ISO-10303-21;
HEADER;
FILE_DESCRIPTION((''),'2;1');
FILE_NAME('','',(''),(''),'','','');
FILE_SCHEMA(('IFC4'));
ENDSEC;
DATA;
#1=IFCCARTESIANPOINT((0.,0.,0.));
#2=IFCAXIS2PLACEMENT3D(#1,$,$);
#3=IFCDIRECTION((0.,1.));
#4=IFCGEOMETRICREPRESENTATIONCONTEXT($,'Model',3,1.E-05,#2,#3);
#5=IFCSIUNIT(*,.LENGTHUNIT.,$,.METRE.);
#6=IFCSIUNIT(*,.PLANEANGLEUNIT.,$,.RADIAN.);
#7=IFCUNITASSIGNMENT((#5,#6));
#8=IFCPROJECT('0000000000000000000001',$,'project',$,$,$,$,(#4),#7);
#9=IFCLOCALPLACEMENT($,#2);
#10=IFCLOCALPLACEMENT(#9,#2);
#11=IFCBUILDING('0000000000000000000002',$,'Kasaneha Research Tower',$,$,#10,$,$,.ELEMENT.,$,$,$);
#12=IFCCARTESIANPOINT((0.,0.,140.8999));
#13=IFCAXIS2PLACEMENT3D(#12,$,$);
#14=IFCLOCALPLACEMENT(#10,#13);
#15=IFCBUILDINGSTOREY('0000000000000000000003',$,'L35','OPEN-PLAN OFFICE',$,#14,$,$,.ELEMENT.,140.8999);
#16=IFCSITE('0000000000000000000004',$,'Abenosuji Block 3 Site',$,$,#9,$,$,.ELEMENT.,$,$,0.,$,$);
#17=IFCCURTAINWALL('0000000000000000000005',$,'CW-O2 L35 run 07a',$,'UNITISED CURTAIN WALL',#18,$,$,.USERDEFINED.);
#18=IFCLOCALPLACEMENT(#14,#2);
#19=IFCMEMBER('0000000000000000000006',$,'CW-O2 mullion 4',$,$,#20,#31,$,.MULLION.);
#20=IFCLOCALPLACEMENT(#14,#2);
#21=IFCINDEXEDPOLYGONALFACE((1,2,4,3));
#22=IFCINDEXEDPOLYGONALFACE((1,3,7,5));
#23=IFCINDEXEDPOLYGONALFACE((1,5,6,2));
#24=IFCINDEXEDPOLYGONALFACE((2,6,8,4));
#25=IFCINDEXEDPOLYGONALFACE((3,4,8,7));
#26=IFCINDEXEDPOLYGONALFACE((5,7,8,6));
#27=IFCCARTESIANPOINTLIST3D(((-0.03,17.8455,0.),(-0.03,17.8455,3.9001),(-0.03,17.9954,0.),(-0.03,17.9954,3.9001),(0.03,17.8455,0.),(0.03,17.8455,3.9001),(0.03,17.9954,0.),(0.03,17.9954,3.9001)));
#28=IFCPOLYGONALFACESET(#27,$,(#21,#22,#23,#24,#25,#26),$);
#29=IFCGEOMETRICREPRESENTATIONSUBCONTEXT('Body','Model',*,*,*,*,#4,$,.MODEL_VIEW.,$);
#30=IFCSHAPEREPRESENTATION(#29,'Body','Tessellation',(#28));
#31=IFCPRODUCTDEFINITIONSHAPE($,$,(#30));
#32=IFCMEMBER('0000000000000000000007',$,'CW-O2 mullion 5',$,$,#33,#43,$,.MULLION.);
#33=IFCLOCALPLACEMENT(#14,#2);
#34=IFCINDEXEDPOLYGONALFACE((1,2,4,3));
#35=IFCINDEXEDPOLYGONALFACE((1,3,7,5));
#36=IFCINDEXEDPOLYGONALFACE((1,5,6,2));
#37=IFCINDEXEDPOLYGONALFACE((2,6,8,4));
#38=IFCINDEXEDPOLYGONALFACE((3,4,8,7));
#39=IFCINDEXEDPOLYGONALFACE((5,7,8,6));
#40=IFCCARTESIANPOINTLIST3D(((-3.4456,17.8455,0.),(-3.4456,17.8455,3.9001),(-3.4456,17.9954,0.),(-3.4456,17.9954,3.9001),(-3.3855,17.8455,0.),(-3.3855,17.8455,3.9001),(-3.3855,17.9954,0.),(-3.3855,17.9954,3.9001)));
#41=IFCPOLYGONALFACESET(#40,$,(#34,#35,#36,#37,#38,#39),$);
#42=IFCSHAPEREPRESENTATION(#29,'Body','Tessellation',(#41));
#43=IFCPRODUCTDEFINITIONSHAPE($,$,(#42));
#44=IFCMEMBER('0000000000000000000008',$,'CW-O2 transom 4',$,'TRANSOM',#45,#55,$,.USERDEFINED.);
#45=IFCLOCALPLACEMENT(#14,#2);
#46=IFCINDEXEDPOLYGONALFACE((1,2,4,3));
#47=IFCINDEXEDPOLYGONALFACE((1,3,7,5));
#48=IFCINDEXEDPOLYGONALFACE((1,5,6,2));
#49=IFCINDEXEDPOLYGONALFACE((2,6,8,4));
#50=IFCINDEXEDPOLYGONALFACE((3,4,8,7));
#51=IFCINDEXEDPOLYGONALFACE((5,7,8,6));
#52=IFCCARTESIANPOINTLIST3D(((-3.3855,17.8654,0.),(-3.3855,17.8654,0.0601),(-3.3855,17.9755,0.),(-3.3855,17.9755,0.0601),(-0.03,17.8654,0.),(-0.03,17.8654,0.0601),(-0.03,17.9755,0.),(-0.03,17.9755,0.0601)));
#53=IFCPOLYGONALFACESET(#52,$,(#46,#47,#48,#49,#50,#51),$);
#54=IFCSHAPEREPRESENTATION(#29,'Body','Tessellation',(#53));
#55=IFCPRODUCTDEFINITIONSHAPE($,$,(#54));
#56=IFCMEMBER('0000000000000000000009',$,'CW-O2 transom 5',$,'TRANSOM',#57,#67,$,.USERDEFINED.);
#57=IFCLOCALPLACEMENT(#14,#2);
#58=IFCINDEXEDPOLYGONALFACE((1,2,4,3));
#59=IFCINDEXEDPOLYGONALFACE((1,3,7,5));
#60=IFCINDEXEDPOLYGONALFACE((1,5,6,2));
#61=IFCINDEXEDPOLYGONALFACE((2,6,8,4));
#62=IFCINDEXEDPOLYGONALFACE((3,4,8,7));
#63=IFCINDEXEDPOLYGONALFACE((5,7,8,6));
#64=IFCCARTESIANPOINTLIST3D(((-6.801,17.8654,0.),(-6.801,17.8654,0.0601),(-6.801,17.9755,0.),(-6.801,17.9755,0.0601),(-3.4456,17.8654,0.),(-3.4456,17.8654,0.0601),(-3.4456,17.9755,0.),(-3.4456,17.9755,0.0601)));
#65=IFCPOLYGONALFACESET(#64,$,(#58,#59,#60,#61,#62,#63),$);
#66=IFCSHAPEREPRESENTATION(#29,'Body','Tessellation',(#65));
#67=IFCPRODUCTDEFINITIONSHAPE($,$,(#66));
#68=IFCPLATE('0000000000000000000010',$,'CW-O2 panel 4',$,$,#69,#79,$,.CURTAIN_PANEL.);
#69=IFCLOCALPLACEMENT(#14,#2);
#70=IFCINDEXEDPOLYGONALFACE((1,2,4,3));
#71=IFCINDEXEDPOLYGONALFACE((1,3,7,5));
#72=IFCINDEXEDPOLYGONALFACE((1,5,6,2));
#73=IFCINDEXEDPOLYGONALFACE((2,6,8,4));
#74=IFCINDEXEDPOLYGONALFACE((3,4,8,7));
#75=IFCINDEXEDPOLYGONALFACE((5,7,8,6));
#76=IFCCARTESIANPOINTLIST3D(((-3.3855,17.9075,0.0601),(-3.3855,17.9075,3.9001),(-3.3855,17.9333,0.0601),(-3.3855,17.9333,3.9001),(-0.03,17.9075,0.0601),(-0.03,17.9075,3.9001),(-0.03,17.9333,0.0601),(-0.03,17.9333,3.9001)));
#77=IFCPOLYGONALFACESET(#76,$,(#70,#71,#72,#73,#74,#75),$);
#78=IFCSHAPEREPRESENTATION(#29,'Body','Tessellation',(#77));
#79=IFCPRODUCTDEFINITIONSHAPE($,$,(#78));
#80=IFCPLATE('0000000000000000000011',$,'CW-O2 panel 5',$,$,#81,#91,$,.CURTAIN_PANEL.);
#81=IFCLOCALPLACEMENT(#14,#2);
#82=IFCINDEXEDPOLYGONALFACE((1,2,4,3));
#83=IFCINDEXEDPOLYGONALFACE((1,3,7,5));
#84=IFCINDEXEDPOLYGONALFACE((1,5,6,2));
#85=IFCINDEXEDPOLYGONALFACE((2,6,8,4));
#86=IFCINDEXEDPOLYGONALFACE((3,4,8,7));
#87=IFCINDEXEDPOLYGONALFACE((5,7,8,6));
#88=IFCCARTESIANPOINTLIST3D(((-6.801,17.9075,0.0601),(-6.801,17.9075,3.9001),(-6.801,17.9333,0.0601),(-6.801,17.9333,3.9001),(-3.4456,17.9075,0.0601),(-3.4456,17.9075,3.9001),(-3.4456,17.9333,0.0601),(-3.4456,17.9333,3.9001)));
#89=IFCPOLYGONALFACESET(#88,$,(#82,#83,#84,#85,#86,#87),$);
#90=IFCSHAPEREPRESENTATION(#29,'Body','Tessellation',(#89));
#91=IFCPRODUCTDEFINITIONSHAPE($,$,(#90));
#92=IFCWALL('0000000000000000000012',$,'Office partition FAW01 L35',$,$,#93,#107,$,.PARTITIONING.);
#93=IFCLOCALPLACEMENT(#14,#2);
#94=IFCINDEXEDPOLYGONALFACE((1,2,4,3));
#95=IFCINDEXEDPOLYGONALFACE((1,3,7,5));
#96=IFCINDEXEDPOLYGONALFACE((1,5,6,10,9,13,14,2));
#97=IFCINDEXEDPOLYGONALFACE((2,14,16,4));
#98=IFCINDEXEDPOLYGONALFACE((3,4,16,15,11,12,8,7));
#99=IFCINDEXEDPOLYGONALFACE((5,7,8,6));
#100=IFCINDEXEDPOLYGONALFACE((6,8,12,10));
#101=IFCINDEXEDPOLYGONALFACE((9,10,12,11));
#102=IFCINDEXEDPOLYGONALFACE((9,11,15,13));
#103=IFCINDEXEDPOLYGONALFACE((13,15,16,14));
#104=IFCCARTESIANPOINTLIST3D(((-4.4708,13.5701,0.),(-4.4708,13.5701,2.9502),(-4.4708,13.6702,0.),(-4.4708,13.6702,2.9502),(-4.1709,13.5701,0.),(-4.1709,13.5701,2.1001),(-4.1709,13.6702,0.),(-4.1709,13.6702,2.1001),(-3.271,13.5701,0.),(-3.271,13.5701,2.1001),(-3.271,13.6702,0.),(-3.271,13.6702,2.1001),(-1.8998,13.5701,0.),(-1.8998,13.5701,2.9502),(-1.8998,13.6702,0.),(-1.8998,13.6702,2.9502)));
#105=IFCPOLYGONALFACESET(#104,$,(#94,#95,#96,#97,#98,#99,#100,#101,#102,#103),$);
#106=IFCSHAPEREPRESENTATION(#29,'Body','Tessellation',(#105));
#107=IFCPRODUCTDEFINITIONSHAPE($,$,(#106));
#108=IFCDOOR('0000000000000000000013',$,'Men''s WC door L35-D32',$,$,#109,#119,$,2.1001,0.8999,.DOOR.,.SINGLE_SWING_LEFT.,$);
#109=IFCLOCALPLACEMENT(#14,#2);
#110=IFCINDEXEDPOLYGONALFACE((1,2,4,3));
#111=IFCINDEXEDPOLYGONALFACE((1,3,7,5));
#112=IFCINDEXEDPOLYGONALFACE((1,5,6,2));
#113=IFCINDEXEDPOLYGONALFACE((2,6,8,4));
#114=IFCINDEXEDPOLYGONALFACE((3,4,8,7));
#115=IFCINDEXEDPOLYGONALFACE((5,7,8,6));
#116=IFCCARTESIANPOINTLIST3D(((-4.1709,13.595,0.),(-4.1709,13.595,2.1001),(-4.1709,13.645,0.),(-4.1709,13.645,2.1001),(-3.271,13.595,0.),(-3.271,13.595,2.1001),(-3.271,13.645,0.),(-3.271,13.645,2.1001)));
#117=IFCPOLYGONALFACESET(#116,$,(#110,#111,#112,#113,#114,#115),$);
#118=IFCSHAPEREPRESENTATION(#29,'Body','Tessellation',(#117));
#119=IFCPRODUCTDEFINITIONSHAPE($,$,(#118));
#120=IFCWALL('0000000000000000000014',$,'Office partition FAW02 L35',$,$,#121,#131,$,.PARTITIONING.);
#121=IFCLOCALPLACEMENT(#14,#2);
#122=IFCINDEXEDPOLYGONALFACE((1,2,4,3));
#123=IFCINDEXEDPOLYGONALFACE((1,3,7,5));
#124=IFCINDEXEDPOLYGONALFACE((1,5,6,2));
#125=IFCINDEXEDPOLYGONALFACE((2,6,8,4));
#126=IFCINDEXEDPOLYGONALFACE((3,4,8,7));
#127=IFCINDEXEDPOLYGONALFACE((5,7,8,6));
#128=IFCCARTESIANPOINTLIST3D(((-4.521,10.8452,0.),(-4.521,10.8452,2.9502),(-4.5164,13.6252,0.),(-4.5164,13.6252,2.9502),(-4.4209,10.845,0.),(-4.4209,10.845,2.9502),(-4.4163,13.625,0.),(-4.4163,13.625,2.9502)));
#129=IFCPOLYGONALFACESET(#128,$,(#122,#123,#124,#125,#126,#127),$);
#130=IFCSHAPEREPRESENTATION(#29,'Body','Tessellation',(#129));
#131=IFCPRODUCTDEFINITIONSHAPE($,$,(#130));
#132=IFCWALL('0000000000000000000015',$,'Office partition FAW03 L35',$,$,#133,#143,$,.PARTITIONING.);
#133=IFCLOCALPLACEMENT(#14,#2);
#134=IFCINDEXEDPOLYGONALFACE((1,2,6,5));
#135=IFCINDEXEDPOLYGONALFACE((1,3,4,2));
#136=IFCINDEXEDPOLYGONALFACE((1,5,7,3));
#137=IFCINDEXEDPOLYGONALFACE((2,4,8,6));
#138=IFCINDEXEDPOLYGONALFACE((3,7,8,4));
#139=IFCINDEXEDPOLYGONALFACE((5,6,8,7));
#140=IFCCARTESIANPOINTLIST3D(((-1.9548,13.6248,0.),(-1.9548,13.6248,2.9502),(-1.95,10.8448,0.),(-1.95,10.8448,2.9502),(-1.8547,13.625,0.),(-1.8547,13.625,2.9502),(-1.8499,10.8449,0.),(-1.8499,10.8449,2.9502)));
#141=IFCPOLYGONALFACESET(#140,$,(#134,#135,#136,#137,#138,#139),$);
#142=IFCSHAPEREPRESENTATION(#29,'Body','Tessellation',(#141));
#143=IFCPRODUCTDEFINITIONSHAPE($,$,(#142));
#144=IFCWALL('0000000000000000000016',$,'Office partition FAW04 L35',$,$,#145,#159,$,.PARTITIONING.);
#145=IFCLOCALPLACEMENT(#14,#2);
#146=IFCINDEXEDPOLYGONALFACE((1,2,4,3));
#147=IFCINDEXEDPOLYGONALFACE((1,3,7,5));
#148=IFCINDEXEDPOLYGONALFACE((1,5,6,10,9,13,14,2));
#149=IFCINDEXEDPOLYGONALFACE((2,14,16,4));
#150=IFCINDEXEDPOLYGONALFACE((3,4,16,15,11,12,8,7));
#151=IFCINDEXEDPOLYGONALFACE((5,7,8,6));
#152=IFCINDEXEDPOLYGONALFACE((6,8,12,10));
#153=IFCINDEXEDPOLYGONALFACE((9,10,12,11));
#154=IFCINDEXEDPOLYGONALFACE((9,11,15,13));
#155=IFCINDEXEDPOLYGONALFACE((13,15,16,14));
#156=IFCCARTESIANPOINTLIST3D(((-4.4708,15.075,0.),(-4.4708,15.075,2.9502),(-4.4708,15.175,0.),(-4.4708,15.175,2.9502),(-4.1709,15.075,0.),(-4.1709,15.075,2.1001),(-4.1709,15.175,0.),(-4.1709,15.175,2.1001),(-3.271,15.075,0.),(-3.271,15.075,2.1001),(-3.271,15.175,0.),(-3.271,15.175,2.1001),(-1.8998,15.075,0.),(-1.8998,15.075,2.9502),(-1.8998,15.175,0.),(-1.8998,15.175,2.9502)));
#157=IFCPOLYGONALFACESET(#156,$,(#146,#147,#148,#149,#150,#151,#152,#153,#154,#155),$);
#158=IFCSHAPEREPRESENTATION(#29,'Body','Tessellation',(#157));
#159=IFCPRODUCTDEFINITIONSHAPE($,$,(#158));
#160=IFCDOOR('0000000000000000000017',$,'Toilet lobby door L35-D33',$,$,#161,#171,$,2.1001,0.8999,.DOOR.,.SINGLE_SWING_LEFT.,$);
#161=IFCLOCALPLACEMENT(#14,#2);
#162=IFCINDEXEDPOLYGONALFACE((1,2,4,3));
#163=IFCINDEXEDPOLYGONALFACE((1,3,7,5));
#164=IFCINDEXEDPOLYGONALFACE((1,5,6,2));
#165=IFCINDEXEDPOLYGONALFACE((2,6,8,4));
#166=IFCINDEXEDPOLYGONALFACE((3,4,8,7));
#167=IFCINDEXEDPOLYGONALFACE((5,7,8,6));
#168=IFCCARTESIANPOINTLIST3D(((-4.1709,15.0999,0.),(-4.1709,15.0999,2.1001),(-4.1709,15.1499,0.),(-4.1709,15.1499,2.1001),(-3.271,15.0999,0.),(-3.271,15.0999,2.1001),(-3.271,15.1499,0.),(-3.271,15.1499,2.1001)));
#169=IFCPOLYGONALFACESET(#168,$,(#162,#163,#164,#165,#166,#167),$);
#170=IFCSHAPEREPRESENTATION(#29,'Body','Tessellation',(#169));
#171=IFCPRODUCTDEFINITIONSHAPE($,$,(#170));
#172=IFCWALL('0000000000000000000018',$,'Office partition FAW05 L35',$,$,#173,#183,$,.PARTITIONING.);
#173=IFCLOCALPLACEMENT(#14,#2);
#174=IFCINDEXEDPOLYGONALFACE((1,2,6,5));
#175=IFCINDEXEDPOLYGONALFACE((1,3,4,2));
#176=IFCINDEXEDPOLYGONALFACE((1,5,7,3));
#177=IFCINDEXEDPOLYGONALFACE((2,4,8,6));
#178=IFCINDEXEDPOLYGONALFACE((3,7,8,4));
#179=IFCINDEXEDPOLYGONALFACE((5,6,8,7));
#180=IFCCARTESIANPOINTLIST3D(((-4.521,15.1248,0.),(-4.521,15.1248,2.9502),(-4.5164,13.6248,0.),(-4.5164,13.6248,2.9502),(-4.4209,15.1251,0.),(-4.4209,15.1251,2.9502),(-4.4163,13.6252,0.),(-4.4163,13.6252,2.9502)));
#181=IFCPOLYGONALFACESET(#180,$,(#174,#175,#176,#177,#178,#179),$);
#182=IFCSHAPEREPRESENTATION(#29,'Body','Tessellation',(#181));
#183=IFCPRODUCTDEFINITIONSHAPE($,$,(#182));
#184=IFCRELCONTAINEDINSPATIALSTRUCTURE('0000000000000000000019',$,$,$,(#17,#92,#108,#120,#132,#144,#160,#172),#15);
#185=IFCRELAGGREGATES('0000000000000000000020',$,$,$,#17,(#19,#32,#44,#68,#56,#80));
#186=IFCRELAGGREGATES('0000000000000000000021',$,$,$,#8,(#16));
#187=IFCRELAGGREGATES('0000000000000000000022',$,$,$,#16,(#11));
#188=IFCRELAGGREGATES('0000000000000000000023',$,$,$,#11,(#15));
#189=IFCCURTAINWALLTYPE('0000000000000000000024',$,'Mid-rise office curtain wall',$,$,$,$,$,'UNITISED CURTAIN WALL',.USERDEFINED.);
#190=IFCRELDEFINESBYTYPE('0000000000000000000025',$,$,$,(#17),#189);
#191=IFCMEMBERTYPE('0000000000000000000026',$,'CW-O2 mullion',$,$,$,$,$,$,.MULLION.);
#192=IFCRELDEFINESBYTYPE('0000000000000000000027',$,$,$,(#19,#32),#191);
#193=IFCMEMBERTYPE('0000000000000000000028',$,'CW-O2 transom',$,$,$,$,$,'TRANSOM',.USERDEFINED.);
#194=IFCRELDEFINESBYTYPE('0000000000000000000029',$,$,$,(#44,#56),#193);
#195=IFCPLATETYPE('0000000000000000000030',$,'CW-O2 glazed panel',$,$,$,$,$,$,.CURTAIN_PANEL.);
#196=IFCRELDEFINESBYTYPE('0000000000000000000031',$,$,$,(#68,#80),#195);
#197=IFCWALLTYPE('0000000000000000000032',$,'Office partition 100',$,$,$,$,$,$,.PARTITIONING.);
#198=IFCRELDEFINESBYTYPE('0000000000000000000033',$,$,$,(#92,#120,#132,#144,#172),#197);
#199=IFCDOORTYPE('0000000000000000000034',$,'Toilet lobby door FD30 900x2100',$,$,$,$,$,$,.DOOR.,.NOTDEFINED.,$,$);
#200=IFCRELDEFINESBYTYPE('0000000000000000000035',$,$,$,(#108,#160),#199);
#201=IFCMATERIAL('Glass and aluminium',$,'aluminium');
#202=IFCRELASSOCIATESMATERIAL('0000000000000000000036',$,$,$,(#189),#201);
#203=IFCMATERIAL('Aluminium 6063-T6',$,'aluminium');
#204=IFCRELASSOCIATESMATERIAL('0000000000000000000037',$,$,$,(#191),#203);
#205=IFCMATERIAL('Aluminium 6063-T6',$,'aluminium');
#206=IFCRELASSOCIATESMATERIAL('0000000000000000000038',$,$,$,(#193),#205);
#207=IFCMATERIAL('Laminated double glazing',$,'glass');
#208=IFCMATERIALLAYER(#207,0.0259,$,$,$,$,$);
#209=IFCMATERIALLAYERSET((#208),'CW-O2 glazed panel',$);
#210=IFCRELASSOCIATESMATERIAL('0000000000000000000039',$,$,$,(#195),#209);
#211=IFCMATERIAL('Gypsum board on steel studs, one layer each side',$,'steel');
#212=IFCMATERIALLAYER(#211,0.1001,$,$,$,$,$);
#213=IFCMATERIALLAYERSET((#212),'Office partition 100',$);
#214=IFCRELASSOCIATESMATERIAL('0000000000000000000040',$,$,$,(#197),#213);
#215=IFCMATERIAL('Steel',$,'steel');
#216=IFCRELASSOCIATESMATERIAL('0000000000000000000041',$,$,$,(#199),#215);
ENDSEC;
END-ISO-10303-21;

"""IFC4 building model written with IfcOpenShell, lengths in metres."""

from ifc_helpers import new_model, si_unit, direction, frame, frame_2d, origin, origin_2d, place, context, subcontext, project, spatial, rectangle, extrude, material, layer, layer_set, material_profile, profile_set, type_object, element, fill, aggregate, save


model = new_model("IFC4")

# Units and contexts
model_context = context("Model", 3, precision=1e-05, world=origin(), true_north=direction((0.0, 1.0)))
body_context = subcontext(model_context, "Body", "Model", "MODEL_VIEW")
ifc_project = project(units=[si_unit("LENGTHUNIT", "METRE"), si_unit("PLANEANGLEUNIT", "RADIAN")], contexts=[model_context])

# Site, building, storey
site_placement = place(None, origin())
site = spatial("IfcSite", under=ifc_project, at=site_placement, Name="Abenosuji Block 3 Site", CompositionType="ELEMENT", RefElevation=0.0)
building_placement = place(site_placement, origin())
building = spatial("IfcBuilding", under=site, at=building_placement, Name="Kasaneha Research Tower", CompositionType="ELEMENT")
storey_placement = place(building_placement, frame((0.0, 0.0, 140.8999)))
storey = spatial("IfcBuildingStorey", under=building, at=storey_placement, Name="L35", Description="OPEN-PLAN OFFICE", CompositionType="ELEMENT", Elevation=140.8999)

# Curtain wall, members, plates
ifc_material_1 = material(Name="Glass and aluminium", Category="aluminium")
curtain_wall_type = type_object("IfcCurtainWallType", Name="Mid-rise office curtain wall", ElementType="UNITISED CURTAIN WALL", PredefinedType="USERDEFINED", material=ifc_material_1)
curtain_wall_placement = place(storey_placement, origin())
curtain_wall = element("IfcCurtainWall", 1, at=curtain_wall_placement, inside=storey, type_object=curtain_wall_type, Name="CW-O2 L35 run 07a", ObjectType="UNITISED CURTAIN WALL", PredefinedType="USERDEFINED")
ifc_material_2 = material(Name="Aluminium 6063-T6", Category="aluminium")
ifc_material_profile_1 = material_profile(ifc_material_2, rectangle(XDim=0.0601, YDim=0.1499, at=origin_2d()), Name="CW-O2 mullion 60x150")
ifc_profile_set_1 = profile_set([ifc_material_profile_1], Name="Aluminium 6063-T6")
member_type_1 = type_object("IfcMemberType", Name="CW-O2 mullion", PredefinedType="MULLION", material=ifc_profile_set_1)
member_1_placement = place(storey_placement, frame((0.0, 17.9204, 0.0), z_axis=(0.0, 0.0, 1.0), x_axis=(-1.0, 0.0, 0.0)))
member_1 = element("IfcMember", 2, at=member_1_placement, type_object=member_type_1, Name="CW-O2 mullion 4", PredefinedType="MULLION", context=body_context, shape_type="SweptSolid", body=[
    extrude(rectangle(XDim=0.0601, YDim=0.1499, at=origin_2d()), origin(), (0.0, 0.0, 1.0), 3.9001),
])
member_2_placement = place(storey_placement, frame((-3.4155, 17.9204, 0.0), z_axis=(0.0, 0.0, 1.0), x_axis=(-1.0, 0.0, 0.0)))
member_2 = element("IfcMember", 3, at=member_2_placement, type_object=member_type_1, Name="CW-O2 mullion 5", PredefinedType="MULLION", context=body_context, shape_type="SweptSolid", body=[
    extrude(rectangle(XDim=0.0601, YDim=0.1499, at=origin_2d()), origin(), (0.0, 0.0, 1.0), 3.9001),
])
ifc_material_3 = material(Name="Aluminium 6063-T6", Category="aluminium")
ifc_material_profile_2 = material_profile(ifc_material_3, rectangle(XDim=0.1101, YDim=0.0601, at=origin_2d()), Name="CW-O2 transom 110x60")
ifc_profile_set_2 = profile_set([ifc_material_profile_2], Name="Aluminium 6063-T6")
member_type_2 = type_object("IfcMemberType", Name="CW-O2 transom", ElementType="TRANSOM", PredefinedType="USERDEFINED", material=ifc_profile_set_2)
member_3_placement = place(storey_placement, frame((-0.03, 17.9204, 0.03), z_axis=(-1.0, 0.0, 0.0), x_axis=(0.0, -1.0, 0.0)))
member_3 = element("IfcMember", 4, at=member_3_placement, type_object=member_type_2, Name="CW-O2 transom 4", ObjectType="TRANSOM", PredefinedType="USERDEFINED", context=body_context, shape_type="SweptSolid", body=[
    extrude(rectangle(XDim=0.1101, YDim=0.0601, at=origin_2d()), origin(), (0.0, 0.0, 1.0), 3.3555),
])
member_4_placement = place(storey_placement, frame((-3.4456, 17.9204, 0.03), z_axis=(-1.0, 0.0, 0.0), x_axis=(0.0, -1.0, 0.0)))
member_4 = element("IfcMember", 5, at=member_4_placement, type_object=member_type_2, Name="CW-O2 transom 5", ObjectType="TRANSOM", PredefinedType="USERDEFINED", context=body_context, shape_type="SweptSolid", body=[
    extrude(rectangle(XDim=0.1101, YDim=0.0601, at=origin_2d()), origin(), (0.0, 0.0, 1.0), 3.3555),
])
ifc_material_4 = material(Name="Laminated double glazing", Category="glass")
ifc_layer_1 = layer(ifc_material_4, 0.0259)
ifc_layer_set_1 = layer_set([ifc_layer_1], Name="CW-O2 glazed panel")
plate_type = type_object("IfcPlateType", Name="CW-O2 glazed panel", PredefinedType="CURTAIN_PANEL", material=ifc_layer_set_1)
plate_1_placement = place(storey_placement, frame((-1.7078, 17.9204, 0.0601), z_axis=(0.0, 0.0, 1.0), x_axis=(-1.0, 0.0, 0.0)))
plate_1 = element("IfcPlate", 6, at=plate_1_placement, type_object=plate_type, Name="CW-O2 panel 4", PredefinedType="CURTAIN_PANEL", context=body_context, shape_type="SweptSolid", body=[
    extrude(rectangle(XDim=3.3555, YDim=0.0259, at=origin_2d()), origin(), (0.0, 0.0, 1.0), 3.8401),
])
plate_2_placement = place(storey_placement, frame((-5.1233, 17.9204, 0.0601), z_axis=(0.0, 0.0, 1.0), x_axis=(-1.0, 0.0, 0.0)))
plate_2 = element("IfcPlate", 7, at=plate_2_placement, type_object=plate_type, Name="CW-O2 panel 5", PredefinedType="CURTAIN_PANEL", context=body_context, shape_type="SweptSolid", body=[
    extrude(rectangle(XDim=3.3555, YDim=0.0259, at=origin_2d()), origin(), (0.0, 0.0, 1.0), 3.8401),
])
aggregate(curtain_wall, [member_1, member_2, member_3, plate_1, member_4, plate_2])

# Wall, opening, door
ifc_material_5 = material(Name="Gypsum board on steel studs, one layer each side", Category="steel")
ifc_layer_2 = layer(ifc_material_5, 0.1001)
ifc_layer_set_2 = layer_set([ifc_layer_2], Name="Office partition 100")
wall_type_1 = type_object("IfcWallType", Name="Office partition 100", PredefinedType="PARTITIONING", material=ifc_layer_set_2)
wall_1_placement = place(storey_placement, frame((-4.4709, 13.6201, 0.0), z_axis=(0.0, 0.0, 1.0), x_axis=(1.0, 0.0, 0.0)))
wall_1 = element("IfcWall", 8, at=wall_1_placement, inside=storey, type_object=wall_type_1, Name="Office partition FAW01 L35", PredefinedType="PARTITIONING", context=body_context, shape_type="SweptSolid", body=[
    extrude(rectangle(XDim=2.571, YDim=0.1001, at=frame_2d((1.2856, 0.0))), origin(), (0.0, 0.0, 1.0), 2.9502),
])
opening_1_placement = place(wall_1_placement, frame((0.3, 0.0, 0.0)))
opening_1 = element("IfcOpeningElement", 9, at=opening_1_placement, cuts=wall_1, PredefinedType="OPENING", context=body_context, shape_type="SweptSolid", body=[
    extrude(rectangle(XDim=0.8999, YDim=2.1001, at=frame_2d((0.45, 1.05))), frame((0.0, 0.0601, 0.0), z_axis=(0.0, -1.0, 0.0), x_axis=(1.0, 0.0, 0.0)), (0.0, 0.0, 1.0), 0.1201),
])
ifc_material_6 = material(Name="Steel", Category="steel")
door_type_1 = type_object("IfcDoorType", Name="Toilet lobby door FD30 900x2100", OperationType="NOTDEFINED", PredefinedType="DOOR", material=ifc_material_6)
door_1_placement = place(opening_1_placement, origin())
door_1 = element("IfcDoor", 10, at=door_1_placement, inside=storey, type_object=door_type_1, Name="Men's WC door L35-D32", OperationType="SINGLE_SWING_LEFT", OverallHeight=2.1001, OverallWidth=0.8999, PredefinedType="DOOR", context=body_context, shape_type="SweptSolid", body=[
    extrude(rectangle(XDim=0.8999, YDim=2.1001, at=frame_2d((0.45, 1.05))), frame((0.0, 0.0249, 0.0), z_axis=(0.0, -1.0, 0.0), x_axis=(1.0, 0.0, 0.0)), (0.0, 0.0, 1.0), 0.05),
])
fill(opening_1, door_1)

# Walls
for number, where, z_axis, x_axis, name in (
    (11, (-4.4709, 10.845, 0.0), (0.0, 0.0, 1.0), (0.001669, 0.999999, 0.0), "Office partition FAW02 L35"),
    (12, (-1.9048, 13.625, 0.0), (0.0, 0.0, 1.0), (0.001756, -0.999998, 0.0), "Office partition FAW03 L35"),
):
    element("IfcWall", number, at=place(storey_placement, frame(where, z_axis=z_axis, x_axis=x_axis)), inside=storey, type_object=wall_type_1, Name=name, PredefinedType="PARTITIONING", context=body_context, shape_type="SweptSolid", body=[
        extrude(rectangle(XDim=2.78, YDim=0.1001, at=frame_2d((1.3901, 0.0))), origin(), (0.0, 0.0, 1.0), 2.9502),
    ])

# Wall, opening, door
wall_2_placement = place(storey_placement, frame((-4.4709, 15.125, 0.0), z_axis=(0.0, 0.0, 1.0), x_axis=(1.0, 0.0, 0.0)))
wall_2 = element("IfcWall", 13, at=wall_2_placement, inside=storey, type_object=wall_type_1, Name="Office partition FAW04 L35", PredefinedType="PARTITIONING", context=body_context, shape_type="SweptSolid", body=[
    extrude(rectangle(XDim=2.571, YDim=0.1001, at=frame_2d((1.2856, 0.0))), origin(), (0.0, 0.0, 1.0), 2.9502),
])
opening_2_placement = place(wall_2_placement, frame((0.3, 0.0, 0.0)))
opening_2 = element("IfcOpeningElement", 14, at=opening_2_placement, cuts=wall_2, PredefinedType="OPENING", context=body_context, shape_type="SweptSolid", body=[
    extrude(rectangle(XDim=0.8999, YDim=2.1001, at=frame_2d((0.45, 1.05))), frame((0.0, 0.0601, 0.0), z_axis=(0.0, -1.0, 0.0), x_axis=(1.0, 0.0, 0.0)), (0.0, 0.0, 1.0), 0.1201),
])
door_2_placement = place(opening_2_placement, origin())
door_2 = element("IfcDoor", 15, at=door_2_placement, inside=storey, type_object=door_type_1, Name="Toilet lobby door L35-D33", OperationType="SINGLE_SWING_LEFT", OverallHeight=2.1001, OverallWidth=0.8999, PredefinedType="DOOR", context=body_context, shape_type="SweptSolid", body=[
    extrude(rectangle(XDim=0.8999, YDim=2.1001, at=frame_2d((0.45, 1.05))), frame((0.0, 0.0249, 0.0), z_axis=(0.0, -1.0, 0.0), x_axis=(1.0, 0.0, 0.0)), (0.0, 0.0, 1.0), 0.05),
])
fill(opening_2, door_2)

# Wall
for number, where, z_axis, x_axis, name in (
    (16, (-4.4663, 13.625, 0.0), (0.0, 0.0, 1.0), (-0.003092, 0.999995, 0.0), "Office partition FAW05 L35"),
):
    element("IfcWall", number, at=place(storey_placement, frame(where, z_axis=z_axis, x_axis=x_axis)), inside=storey, type_object=wall_type_1, Name=name, PredefinedType="PARTITIONING", context=body_context, shape_type="SweptSolid", body=[
        extrude(rectangle(XDim=1.5, YDim=0.1001, at=frame_2d((0.75, 0.0))), origin(), (0.0, 0.0, 1.0), 2.9502),
    ])

save(model, "model.ifc")
